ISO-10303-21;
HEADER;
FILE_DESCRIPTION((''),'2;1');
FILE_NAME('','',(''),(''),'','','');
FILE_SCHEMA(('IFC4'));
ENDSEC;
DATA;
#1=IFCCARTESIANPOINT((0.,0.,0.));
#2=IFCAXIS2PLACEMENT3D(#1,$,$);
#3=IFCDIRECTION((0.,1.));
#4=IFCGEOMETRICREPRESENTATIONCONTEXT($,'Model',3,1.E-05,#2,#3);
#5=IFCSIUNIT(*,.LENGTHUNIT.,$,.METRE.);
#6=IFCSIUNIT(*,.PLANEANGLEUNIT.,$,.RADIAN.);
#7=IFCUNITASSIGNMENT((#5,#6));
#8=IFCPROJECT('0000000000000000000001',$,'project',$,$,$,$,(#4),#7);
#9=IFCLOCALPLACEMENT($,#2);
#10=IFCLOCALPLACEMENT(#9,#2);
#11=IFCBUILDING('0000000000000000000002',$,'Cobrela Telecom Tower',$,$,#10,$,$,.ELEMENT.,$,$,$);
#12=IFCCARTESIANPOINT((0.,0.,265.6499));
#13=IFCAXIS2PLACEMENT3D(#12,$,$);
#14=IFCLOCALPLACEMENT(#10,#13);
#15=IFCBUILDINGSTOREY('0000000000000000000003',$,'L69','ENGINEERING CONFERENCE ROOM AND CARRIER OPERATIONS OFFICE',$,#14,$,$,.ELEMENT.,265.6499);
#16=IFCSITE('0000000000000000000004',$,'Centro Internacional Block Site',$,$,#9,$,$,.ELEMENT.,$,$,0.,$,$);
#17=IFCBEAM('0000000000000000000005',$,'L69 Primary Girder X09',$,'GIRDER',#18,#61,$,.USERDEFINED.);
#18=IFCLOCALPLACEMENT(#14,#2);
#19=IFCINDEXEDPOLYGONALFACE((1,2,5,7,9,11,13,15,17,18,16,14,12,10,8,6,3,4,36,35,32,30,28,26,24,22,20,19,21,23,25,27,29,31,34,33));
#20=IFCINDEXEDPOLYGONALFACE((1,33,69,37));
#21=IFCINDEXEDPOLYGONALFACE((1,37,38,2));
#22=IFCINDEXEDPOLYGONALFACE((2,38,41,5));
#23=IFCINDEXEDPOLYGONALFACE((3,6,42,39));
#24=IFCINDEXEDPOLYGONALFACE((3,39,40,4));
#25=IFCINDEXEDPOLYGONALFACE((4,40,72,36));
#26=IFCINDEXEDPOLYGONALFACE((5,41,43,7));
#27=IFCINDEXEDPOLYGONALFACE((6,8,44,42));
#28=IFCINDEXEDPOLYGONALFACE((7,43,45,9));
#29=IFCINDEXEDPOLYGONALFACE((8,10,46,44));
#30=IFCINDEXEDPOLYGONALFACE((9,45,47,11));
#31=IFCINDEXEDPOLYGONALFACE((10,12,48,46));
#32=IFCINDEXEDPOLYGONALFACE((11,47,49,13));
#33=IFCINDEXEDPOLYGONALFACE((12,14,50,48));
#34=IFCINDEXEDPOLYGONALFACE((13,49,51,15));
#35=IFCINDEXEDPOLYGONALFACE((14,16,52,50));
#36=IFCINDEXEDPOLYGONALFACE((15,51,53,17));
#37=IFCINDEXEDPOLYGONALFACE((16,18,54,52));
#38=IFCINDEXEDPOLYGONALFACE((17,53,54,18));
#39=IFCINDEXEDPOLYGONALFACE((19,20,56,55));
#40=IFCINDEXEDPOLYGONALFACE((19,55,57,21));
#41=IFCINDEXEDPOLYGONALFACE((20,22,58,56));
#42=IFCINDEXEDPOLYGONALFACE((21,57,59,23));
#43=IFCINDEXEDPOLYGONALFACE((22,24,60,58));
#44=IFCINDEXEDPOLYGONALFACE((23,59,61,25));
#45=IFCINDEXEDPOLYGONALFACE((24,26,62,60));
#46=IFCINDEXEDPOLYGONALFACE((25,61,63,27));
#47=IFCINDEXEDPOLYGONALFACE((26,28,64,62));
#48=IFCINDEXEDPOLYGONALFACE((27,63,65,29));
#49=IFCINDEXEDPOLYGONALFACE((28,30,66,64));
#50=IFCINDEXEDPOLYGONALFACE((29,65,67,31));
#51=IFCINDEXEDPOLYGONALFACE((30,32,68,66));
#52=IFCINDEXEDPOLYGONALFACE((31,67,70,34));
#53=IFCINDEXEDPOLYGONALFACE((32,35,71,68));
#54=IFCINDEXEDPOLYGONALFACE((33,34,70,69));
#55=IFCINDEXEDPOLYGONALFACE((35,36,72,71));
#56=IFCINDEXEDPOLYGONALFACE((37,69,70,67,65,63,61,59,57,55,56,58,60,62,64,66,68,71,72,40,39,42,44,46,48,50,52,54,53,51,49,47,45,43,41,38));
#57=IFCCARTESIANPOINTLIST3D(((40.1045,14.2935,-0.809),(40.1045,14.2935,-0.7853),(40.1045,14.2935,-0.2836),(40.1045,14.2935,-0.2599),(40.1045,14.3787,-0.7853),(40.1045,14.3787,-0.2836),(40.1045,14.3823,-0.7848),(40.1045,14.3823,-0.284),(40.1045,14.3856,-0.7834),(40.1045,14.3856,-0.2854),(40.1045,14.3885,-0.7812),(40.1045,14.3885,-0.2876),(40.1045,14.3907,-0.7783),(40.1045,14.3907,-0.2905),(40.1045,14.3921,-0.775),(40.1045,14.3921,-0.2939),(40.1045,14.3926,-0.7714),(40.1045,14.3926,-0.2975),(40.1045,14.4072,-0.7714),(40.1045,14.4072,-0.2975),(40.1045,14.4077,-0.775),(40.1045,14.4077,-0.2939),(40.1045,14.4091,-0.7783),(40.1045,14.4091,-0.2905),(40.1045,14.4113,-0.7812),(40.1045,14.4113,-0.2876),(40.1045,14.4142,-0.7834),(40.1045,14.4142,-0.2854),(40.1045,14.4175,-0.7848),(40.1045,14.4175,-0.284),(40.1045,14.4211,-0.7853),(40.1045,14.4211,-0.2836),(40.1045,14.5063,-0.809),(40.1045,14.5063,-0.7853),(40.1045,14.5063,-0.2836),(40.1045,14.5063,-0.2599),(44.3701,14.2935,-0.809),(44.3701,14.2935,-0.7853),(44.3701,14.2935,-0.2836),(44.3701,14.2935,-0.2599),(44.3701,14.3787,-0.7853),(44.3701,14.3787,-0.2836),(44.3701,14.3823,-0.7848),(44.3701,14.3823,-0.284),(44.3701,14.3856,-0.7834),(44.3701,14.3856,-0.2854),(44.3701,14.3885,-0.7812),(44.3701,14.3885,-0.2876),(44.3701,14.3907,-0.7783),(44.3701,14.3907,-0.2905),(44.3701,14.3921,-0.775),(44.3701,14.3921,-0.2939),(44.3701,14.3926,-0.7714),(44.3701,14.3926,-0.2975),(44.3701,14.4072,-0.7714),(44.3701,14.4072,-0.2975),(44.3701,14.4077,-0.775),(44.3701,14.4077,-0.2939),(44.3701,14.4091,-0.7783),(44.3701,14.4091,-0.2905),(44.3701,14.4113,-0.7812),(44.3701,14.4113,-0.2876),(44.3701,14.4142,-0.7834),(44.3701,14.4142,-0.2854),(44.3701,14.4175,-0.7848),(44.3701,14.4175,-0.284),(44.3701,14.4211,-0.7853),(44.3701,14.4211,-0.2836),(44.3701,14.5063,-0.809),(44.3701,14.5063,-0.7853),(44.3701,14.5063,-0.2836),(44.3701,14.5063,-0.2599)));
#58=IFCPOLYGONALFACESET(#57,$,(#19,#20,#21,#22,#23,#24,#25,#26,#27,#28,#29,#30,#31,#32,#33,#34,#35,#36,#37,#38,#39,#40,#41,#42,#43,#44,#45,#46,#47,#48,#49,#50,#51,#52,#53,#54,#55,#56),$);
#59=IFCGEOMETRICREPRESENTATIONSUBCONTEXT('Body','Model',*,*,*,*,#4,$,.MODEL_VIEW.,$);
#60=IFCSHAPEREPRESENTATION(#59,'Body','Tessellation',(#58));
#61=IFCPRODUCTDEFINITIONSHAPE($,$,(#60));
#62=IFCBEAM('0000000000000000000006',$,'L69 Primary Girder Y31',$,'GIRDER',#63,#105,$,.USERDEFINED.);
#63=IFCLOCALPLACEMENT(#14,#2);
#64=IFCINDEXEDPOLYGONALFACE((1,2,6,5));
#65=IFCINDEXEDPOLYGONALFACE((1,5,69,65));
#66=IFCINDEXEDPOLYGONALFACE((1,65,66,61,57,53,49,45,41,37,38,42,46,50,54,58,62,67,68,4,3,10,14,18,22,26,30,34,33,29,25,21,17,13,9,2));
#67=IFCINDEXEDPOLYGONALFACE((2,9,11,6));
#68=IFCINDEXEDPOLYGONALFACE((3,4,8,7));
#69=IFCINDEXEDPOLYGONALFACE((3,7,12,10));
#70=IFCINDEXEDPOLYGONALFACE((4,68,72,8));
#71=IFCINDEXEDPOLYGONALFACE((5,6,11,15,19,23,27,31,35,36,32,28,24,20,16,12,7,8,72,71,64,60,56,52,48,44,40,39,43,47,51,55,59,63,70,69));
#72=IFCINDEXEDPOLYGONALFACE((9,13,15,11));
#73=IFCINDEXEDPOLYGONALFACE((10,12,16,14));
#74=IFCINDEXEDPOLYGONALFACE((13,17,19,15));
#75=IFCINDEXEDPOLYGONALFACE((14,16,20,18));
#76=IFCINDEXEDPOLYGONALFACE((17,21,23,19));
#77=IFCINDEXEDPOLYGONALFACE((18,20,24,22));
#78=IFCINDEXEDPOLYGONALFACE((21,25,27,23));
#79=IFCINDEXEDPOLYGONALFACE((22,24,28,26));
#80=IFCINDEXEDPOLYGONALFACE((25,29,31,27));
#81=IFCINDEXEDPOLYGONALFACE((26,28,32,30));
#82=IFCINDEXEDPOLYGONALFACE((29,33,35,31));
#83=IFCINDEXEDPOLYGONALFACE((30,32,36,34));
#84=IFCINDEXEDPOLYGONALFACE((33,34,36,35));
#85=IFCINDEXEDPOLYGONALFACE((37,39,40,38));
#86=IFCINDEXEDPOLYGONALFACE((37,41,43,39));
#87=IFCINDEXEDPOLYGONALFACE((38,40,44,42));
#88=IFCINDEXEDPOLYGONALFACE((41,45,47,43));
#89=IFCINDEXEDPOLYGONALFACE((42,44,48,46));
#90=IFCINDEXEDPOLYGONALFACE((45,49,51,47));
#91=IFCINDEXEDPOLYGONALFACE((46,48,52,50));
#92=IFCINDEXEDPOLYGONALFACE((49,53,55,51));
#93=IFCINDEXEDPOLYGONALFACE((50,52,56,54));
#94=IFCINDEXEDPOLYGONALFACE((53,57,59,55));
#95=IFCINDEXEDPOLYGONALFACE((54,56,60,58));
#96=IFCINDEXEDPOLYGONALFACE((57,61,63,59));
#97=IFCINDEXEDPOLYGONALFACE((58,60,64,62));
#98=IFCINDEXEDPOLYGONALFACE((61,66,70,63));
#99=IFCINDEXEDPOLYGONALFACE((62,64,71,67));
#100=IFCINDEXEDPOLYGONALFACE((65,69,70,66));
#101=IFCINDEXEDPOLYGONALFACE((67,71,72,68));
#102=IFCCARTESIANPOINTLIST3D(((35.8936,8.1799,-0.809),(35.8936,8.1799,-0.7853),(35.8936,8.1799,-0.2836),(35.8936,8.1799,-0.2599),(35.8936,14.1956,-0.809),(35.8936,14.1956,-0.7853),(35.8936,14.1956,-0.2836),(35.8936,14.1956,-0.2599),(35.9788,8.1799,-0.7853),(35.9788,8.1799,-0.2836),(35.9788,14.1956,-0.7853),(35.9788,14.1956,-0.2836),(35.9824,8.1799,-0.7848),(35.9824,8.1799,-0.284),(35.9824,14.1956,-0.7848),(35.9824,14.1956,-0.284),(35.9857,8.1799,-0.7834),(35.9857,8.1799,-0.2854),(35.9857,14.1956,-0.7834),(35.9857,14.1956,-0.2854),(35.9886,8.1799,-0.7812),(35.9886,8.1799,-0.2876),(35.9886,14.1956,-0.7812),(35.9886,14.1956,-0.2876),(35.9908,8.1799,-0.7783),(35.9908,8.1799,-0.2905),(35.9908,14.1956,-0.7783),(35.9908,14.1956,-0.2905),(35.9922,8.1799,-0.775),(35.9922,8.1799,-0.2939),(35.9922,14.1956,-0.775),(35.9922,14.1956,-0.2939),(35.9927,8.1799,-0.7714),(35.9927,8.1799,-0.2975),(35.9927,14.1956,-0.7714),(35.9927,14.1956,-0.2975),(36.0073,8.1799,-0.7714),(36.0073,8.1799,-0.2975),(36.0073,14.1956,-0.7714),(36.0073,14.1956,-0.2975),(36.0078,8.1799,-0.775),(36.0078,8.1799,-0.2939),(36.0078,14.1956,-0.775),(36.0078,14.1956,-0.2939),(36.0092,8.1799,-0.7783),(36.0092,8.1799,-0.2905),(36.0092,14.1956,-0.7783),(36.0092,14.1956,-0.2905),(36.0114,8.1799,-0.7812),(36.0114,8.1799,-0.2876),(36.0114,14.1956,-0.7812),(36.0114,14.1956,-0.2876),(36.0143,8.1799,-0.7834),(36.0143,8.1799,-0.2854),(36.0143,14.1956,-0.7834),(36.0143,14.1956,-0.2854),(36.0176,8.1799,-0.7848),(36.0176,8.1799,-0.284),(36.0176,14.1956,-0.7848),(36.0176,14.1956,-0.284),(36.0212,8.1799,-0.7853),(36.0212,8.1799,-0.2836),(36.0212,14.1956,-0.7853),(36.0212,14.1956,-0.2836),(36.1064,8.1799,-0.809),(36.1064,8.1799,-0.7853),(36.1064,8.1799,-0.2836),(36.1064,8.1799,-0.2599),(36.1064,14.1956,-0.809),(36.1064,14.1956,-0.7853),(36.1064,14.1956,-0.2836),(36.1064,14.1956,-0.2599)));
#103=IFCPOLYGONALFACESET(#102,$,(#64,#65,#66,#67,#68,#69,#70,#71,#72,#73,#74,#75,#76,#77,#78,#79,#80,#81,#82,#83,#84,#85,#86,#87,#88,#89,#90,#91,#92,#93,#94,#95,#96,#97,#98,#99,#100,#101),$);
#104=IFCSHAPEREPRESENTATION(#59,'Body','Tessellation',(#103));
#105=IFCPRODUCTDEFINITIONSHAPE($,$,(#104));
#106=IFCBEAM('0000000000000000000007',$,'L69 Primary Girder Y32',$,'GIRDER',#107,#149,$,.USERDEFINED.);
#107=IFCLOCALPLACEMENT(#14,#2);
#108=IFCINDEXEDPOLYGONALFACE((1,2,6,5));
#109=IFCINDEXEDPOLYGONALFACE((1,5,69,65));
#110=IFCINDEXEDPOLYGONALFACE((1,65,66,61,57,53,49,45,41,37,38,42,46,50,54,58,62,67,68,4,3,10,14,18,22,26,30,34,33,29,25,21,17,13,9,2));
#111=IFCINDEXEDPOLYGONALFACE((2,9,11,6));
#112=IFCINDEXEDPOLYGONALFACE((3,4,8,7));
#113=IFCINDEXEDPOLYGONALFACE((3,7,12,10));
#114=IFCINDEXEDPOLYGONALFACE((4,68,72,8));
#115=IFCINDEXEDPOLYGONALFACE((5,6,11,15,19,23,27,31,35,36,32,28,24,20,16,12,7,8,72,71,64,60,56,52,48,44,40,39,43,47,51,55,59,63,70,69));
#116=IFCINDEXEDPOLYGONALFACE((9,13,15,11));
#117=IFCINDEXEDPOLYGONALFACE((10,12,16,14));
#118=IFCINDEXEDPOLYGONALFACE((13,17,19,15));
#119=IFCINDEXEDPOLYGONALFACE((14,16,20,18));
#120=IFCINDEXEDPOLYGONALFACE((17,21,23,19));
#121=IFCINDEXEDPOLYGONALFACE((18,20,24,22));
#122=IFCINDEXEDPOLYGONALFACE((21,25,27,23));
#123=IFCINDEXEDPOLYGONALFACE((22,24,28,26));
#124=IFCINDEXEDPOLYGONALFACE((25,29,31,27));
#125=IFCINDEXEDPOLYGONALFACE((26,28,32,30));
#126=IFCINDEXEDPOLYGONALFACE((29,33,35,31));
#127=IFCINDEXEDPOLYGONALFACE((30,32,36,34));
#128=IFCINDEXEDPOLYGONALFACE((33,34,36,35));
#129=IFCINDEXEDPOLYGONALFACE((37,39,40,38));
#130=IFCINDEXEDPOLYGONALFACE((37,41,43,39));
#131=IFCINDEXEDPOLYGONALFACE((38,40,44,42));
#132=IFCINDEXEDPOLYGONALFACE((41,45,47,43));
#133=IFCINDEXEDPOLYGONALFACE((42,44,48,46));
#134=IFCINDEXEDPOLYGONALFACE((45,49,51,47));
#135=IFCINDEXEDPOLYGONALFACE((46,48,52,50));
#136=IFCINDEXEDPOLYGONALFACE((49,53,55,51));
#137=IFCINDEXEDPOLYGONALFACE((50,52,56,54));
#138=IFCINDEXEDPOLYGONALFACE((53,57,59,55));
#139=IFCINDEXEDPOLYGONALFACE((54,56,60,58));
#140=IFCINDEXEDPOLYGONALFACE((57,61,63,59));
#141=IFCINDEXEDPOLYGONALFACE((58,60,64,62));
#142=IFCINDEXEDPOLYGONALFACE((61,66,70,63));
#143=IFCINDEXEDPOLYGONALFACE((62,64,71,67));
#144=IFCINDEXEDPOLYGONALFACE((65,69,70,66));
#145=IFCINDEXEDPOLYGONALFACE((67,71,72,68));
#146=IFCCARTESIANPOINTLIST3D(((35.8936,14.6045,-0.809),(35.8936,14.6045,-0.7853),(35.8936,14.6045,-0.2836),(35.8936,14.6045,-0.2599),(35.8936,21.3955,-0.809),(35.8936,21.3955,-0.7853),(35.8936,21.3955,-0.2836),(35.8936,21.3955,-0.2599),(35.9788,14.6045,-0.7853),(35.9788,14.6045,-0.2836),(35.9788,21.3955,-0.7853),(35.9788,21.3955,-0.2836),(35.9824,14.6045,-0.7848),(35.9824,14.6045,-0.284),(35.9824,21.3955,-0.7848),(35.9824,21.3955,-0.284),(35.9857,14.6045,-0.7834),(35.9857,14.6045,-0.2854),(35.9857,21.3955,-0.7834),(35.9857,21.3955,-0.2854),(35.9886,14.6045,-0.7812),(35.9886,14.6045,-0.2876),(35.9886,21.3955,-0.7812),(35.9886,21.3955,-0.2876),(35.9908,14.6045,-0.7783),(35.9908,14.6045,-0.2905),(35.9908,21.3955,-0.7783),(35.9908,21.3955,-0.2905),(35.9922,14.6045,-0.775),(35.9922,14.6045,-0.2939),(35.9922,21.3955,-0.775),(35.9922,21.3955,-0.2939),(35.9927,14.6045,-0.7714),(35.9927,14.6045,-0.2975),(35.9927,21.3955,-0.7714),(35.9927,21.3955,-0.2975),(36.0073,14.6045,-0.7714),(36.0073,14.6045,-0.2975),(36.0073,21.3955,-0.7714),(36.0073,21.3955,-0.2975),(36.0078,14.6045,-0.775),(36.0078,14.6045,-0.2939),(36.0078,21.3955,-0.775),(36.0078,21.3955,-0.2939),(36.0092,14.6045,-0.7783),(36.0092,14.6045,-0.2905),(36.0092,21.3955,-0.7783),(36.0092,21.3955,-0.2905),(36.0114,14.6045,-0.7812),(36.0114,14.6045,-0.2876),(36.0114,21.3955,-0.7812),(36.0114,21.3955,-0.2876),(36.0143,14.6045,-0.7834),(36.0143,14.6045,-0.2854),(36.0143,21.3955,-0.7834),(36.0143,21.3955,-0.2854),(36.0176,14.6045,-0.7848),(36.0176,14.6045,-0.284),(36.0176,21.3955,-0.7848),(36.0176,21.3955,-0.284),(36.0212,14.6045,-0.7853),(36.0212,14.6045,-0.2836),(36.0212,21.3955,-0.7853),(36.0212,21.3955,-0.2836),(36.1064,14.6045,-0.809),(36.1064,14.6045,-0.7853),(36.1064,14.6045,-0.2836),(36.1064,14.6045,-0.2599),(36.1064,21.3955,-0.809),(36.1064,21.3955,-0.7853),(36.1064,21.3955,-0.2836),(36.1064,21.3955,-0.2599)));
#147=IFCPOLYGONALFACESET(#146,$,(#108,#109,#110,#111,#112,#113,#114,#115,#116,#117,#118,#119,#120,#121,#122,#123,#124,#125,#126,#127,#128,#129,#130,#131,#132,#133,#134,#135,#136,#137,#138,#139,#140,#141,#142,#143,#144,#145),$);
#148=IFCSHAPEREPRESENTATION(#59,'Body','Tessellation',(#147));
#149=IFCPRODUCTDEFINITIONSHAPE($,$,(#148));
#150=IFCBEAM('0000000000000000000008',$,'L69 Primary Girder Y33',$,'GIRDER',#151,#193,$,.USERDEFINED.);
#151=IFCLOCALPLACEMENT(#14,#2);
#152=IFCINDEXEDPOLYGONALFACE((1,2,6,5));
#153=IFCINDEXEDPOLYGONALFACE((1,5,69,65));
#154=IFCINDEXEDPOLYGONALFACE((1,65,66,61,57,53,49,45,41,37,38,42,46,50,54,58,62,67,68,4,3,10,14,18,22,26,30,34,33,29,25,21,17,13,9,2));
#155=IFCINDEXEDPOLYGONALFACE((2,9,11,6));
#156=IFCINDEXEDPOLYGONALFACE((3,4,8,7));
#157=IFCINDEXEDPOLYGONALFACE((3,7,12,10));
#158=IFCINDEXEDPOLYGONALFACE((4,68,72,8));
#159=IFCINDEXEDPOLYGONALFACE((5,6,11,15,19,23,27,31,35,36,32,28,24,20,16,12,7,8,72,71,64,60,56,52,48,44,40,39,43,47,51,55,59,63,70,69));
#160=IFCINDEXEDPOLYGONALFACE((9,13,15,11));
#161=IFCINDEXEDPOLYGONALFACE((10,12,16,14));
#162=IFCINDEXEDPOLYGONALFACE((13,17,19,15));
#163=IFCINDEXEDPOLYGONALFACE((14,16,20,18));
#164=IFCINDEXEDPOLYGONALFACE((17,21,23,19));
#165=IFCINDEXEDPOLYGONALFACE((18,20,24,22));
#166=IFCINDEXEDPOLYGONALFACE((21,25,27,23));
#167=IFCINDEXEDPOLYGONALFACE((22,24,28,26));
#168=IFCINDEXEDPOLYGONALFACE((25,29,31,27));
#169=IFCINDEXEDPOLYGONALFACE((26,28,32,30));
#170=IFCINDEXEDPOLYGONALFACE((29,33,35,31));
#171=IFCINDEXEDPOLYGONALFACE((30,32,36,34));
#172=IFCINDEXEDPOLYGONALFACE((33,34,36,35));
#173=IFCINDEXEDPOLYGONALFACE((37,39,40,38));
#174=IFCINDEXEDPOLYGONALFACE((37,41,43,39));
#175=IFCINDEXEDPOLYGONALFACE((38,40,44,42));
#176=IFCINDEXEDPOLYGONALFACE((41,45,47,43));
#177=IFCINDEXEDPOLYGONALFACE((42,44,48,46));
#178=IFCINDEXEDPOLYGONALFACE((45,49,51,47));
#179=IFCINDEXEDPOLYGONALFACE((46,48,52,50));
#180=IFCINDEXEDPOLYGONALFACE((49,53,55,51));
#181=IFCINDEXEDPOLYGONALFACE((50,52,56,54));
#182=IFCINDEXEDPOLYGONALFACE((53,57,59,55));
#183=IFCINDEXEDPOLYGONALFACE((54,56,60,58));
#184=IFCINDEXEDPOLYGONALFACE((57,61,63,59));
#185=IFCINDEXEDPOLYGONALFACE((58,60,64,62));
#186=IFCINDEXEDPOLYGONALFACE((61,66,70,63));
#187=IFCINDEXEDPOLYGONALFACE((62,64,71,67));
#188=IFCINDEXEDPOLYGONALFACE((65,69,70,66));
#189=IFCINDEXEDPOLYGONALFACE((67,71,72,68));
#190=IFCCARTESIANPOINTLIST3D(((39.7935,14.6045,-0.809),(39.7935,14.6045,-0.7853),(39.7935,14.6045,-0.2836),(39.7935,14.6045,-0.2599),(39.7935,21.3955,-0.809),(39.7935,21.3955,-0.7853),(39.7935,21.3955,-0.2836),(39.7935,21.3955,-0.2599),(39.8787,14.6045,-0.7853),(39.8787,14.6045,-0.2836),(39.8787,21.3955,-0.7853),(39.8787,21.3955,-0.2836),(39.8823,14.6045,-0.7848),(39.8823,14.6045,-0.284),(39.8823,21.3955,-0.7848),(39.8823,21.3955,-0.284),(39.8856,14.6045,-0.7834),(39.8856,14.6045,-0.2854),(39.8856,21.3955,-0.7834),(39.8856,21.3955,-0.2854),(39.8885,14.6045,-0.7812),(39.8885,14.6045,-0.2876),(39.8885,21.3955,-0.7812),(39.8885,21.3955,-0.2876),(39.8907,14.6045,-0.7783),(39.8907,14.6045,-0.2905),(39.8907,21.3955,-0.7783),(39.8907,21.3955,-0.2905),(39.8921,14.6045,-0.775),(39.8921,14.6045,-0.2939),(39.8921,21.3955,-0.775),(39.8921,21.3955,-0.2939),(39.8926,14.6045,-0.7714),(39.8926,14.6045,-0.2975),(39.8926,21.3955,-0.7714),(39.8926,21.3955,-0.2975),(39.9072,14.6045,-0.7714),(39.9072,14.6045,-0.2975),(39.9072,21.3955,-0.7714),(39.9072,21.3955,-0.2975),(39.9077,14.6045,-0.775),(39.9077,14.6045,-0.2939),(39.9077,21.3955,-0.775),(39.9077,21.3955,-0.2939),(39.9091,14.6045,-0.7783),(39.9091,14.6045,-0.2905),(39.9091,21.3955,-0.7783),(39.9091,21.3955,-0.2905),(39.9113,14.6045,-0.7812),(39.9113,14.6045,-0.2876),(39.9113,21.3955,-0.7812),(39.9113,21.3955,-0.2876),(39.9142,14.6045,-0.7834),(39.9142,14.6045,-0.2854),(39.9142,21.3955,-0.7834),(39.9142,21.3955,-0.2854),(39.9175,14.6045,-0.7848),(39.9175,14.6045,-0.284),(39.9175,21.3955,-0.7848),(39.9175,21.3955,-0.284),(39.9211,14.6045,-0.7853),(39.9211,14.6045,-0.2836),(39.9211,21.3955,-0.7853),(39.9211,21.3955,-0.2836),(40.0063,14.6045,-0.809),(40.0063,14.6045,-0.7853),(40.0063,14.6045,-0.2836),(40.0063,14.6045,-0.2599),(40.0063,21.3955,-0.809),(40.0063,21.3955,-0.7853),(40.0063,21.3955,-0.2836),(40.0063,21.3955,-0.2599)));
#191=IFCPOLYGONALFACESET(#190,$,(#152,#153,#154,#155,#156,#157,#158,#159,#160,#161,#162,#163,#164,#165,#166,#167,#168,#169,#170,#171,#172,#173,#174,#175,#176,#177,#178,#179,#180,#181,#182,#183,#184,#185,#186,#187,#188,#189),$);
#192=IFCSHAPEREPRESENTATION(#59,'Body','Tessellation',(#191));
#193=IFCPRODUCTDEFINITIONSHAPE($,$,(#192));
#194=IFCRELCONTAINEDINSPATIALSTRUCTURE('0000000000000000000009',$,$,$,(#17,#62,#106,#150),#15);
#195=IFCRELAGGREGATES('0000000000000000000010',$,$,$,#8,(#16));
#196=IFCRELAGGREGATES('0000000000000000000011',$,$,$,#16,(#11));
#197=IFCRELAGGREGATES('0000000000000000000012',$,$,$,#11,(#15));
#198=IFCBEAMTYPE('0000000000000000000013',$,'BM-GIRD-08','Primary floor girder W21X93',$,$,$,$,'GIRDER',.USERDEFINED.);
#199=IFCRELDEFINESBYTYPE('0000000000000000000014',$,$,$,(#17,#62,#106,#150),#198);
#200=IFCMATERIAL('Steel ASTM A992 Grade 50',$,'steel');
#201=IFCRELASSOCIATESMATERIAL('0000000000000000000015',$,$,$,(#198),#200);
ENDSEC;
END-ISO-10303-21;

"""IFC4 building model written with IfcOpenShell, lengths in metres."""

from ifc_helpers import new_model, si_unit, direction, frame, origin, origin_2d, place, context, subcontext, project, spatial, i_section, extrude, material, material_profile, profile_set, type_object, element, save


model = new_model("IFC4")

# Units and contexts
model_context = context("Model", 3, precision=1e-05, world=origin(), true_north=direction((0.0, 1.0)))
body_context = subcontext(model_context, "Body", "Model", "MODEL_VIEW")
ifc_project = project(units=[si_unit("LENGTHUNIT", "METRE"), si_unit("PLANEANGLEUNIT", "RADIAN")], contexts=[model_context])

# Site, building, storey
site_placement = place(None, origin())
site = spatial("IfcSite", under=ifc_project, at=site_placement, Name="Centro Internacional Block Site", CompositionType="ELEMENT", RefElevation=0.0)
building_placement = place(site_placement, origin())
building = spatial("IfcBuilding", under=site, at=building_placement, Name="Cobrela Telecom Tower", CompositionType="ELEMENT")
storey_placement = place(building_placement, frame((0.0, 0.0, 265.6499)))
storey = spatial("IfcBuildingStorey", under=building, at=storey_placement, Name="L69", Description="ENGINEERING CONFERENCE ROOM AND CARRIER OPERATIONS OFFICE", CompositionType="ELEMENT", Elevation=265.6499)

# Shared definitions
ifc_material_1 = material(Name="Steel ASTM A992 Grade 50", Category="steel")

# Beams
ifc_material_profile_1 = material_profile(ifc_material_1, i_section(OverallWidth=0.2129, OverallDepth=0.5491, WebThickness=0.0146, FlangeThickness=0.0237, FilletRadius=0.0139, at=origin_2d()), Name="W21X93")
ifc_profile_set_1 = profile_set([ifc_material_profile_1], Name="Steel ASTM A992 Grade 50")
beam_type_1 = type_object("IfcBeamType", Name="BM-GIRD-08", Description="Primary floor girder W21X93", ElementType="GIRDER", PredefinedType="USERDEFINED", material=ifc_profile_set_1)
beam_1_placement = place(storey_placement, frame((40.1045, 14.3999, -0.5344), z_axis=(1.0, 0.0, 0.0), x_axis=(0.0, 1.0, 0.0)))
element("IfcBeam", 1, at=beam_1_placement, inside=storey, type_object=beam_type_1, Name="L69 Primary Girder X09", ObjectType="GIRDER", PredefinedType="USERDEFINED", context=body_context, shape_type="SweptSolid", body=[
    extrude(i_section(OverallWidth=0.2129, OverallDepth=0.5491, WebThickness=0.0146, FlangeThickness=0.0237, FilletRadius=0.0139, at=origin_2d()), origin(), (0.0, 0.0, 1.0), 4.2656),
])
beam_2_placement = place(storey_placement, frame((36.0, 8.1799, -0.5344), z_axis=(0.0, 1.0, 0.0), x_axis=(-1.0, 0.0, 0.0)))
element("IfcBeam", 2, at=beam_2_placement, inside=storey, type_object=beam_type_1, Name="L69 Primary Girder Y31", ObjectType="GIRDER", PredefinedType="USERDEFINED", context=body_context, shape_type="SweptSolid", body=[
    extrude(i_section(OverallWidth=0.2129, OverallDepth=0.5491, WebThickness=0.0146, FlangeThickness=0.0237, FilletRadius=0.0139, at=origin_2d()), origin(), (0.0, 0.0, 1.0), 6.0156),
])
for number, where, z_axis, x_axis, name in (
    (3, (36.0, 14.6045, -0.5344), (0.0, 1.0, 0.0), (-1.0, 0.0, 0.0), "L69 Primary Girder Y32"),
    (4, (39.8999, 14.6045, -0.5344), (0.0, 1.0, 0.0), (-1.0, 0.0, 0.0), "L69 Primary Girder Y33"),
):
    element("IfcBeam", number, at=place(storey_placement, frame(where, z_axis=z_axis, x_axis=x_axis)), inside=storey, type_object=beam_type_1, Name=name, ObjectType="GIRDER", PredefinedType="USERDEFINED", context=body_context, shape_type="SweptSolid", body=[
        extrude(i_section(OverallWidth=0.2129, OverallDepth=0.5491, WebThickness=0.0146, FlangeThickness=0.0237, FilletRadius=0.0139, at=origin_2d()), origin(), (0.0, 0.0, 1.0), 6.791),
    ])

save(model, "model.ifc")
